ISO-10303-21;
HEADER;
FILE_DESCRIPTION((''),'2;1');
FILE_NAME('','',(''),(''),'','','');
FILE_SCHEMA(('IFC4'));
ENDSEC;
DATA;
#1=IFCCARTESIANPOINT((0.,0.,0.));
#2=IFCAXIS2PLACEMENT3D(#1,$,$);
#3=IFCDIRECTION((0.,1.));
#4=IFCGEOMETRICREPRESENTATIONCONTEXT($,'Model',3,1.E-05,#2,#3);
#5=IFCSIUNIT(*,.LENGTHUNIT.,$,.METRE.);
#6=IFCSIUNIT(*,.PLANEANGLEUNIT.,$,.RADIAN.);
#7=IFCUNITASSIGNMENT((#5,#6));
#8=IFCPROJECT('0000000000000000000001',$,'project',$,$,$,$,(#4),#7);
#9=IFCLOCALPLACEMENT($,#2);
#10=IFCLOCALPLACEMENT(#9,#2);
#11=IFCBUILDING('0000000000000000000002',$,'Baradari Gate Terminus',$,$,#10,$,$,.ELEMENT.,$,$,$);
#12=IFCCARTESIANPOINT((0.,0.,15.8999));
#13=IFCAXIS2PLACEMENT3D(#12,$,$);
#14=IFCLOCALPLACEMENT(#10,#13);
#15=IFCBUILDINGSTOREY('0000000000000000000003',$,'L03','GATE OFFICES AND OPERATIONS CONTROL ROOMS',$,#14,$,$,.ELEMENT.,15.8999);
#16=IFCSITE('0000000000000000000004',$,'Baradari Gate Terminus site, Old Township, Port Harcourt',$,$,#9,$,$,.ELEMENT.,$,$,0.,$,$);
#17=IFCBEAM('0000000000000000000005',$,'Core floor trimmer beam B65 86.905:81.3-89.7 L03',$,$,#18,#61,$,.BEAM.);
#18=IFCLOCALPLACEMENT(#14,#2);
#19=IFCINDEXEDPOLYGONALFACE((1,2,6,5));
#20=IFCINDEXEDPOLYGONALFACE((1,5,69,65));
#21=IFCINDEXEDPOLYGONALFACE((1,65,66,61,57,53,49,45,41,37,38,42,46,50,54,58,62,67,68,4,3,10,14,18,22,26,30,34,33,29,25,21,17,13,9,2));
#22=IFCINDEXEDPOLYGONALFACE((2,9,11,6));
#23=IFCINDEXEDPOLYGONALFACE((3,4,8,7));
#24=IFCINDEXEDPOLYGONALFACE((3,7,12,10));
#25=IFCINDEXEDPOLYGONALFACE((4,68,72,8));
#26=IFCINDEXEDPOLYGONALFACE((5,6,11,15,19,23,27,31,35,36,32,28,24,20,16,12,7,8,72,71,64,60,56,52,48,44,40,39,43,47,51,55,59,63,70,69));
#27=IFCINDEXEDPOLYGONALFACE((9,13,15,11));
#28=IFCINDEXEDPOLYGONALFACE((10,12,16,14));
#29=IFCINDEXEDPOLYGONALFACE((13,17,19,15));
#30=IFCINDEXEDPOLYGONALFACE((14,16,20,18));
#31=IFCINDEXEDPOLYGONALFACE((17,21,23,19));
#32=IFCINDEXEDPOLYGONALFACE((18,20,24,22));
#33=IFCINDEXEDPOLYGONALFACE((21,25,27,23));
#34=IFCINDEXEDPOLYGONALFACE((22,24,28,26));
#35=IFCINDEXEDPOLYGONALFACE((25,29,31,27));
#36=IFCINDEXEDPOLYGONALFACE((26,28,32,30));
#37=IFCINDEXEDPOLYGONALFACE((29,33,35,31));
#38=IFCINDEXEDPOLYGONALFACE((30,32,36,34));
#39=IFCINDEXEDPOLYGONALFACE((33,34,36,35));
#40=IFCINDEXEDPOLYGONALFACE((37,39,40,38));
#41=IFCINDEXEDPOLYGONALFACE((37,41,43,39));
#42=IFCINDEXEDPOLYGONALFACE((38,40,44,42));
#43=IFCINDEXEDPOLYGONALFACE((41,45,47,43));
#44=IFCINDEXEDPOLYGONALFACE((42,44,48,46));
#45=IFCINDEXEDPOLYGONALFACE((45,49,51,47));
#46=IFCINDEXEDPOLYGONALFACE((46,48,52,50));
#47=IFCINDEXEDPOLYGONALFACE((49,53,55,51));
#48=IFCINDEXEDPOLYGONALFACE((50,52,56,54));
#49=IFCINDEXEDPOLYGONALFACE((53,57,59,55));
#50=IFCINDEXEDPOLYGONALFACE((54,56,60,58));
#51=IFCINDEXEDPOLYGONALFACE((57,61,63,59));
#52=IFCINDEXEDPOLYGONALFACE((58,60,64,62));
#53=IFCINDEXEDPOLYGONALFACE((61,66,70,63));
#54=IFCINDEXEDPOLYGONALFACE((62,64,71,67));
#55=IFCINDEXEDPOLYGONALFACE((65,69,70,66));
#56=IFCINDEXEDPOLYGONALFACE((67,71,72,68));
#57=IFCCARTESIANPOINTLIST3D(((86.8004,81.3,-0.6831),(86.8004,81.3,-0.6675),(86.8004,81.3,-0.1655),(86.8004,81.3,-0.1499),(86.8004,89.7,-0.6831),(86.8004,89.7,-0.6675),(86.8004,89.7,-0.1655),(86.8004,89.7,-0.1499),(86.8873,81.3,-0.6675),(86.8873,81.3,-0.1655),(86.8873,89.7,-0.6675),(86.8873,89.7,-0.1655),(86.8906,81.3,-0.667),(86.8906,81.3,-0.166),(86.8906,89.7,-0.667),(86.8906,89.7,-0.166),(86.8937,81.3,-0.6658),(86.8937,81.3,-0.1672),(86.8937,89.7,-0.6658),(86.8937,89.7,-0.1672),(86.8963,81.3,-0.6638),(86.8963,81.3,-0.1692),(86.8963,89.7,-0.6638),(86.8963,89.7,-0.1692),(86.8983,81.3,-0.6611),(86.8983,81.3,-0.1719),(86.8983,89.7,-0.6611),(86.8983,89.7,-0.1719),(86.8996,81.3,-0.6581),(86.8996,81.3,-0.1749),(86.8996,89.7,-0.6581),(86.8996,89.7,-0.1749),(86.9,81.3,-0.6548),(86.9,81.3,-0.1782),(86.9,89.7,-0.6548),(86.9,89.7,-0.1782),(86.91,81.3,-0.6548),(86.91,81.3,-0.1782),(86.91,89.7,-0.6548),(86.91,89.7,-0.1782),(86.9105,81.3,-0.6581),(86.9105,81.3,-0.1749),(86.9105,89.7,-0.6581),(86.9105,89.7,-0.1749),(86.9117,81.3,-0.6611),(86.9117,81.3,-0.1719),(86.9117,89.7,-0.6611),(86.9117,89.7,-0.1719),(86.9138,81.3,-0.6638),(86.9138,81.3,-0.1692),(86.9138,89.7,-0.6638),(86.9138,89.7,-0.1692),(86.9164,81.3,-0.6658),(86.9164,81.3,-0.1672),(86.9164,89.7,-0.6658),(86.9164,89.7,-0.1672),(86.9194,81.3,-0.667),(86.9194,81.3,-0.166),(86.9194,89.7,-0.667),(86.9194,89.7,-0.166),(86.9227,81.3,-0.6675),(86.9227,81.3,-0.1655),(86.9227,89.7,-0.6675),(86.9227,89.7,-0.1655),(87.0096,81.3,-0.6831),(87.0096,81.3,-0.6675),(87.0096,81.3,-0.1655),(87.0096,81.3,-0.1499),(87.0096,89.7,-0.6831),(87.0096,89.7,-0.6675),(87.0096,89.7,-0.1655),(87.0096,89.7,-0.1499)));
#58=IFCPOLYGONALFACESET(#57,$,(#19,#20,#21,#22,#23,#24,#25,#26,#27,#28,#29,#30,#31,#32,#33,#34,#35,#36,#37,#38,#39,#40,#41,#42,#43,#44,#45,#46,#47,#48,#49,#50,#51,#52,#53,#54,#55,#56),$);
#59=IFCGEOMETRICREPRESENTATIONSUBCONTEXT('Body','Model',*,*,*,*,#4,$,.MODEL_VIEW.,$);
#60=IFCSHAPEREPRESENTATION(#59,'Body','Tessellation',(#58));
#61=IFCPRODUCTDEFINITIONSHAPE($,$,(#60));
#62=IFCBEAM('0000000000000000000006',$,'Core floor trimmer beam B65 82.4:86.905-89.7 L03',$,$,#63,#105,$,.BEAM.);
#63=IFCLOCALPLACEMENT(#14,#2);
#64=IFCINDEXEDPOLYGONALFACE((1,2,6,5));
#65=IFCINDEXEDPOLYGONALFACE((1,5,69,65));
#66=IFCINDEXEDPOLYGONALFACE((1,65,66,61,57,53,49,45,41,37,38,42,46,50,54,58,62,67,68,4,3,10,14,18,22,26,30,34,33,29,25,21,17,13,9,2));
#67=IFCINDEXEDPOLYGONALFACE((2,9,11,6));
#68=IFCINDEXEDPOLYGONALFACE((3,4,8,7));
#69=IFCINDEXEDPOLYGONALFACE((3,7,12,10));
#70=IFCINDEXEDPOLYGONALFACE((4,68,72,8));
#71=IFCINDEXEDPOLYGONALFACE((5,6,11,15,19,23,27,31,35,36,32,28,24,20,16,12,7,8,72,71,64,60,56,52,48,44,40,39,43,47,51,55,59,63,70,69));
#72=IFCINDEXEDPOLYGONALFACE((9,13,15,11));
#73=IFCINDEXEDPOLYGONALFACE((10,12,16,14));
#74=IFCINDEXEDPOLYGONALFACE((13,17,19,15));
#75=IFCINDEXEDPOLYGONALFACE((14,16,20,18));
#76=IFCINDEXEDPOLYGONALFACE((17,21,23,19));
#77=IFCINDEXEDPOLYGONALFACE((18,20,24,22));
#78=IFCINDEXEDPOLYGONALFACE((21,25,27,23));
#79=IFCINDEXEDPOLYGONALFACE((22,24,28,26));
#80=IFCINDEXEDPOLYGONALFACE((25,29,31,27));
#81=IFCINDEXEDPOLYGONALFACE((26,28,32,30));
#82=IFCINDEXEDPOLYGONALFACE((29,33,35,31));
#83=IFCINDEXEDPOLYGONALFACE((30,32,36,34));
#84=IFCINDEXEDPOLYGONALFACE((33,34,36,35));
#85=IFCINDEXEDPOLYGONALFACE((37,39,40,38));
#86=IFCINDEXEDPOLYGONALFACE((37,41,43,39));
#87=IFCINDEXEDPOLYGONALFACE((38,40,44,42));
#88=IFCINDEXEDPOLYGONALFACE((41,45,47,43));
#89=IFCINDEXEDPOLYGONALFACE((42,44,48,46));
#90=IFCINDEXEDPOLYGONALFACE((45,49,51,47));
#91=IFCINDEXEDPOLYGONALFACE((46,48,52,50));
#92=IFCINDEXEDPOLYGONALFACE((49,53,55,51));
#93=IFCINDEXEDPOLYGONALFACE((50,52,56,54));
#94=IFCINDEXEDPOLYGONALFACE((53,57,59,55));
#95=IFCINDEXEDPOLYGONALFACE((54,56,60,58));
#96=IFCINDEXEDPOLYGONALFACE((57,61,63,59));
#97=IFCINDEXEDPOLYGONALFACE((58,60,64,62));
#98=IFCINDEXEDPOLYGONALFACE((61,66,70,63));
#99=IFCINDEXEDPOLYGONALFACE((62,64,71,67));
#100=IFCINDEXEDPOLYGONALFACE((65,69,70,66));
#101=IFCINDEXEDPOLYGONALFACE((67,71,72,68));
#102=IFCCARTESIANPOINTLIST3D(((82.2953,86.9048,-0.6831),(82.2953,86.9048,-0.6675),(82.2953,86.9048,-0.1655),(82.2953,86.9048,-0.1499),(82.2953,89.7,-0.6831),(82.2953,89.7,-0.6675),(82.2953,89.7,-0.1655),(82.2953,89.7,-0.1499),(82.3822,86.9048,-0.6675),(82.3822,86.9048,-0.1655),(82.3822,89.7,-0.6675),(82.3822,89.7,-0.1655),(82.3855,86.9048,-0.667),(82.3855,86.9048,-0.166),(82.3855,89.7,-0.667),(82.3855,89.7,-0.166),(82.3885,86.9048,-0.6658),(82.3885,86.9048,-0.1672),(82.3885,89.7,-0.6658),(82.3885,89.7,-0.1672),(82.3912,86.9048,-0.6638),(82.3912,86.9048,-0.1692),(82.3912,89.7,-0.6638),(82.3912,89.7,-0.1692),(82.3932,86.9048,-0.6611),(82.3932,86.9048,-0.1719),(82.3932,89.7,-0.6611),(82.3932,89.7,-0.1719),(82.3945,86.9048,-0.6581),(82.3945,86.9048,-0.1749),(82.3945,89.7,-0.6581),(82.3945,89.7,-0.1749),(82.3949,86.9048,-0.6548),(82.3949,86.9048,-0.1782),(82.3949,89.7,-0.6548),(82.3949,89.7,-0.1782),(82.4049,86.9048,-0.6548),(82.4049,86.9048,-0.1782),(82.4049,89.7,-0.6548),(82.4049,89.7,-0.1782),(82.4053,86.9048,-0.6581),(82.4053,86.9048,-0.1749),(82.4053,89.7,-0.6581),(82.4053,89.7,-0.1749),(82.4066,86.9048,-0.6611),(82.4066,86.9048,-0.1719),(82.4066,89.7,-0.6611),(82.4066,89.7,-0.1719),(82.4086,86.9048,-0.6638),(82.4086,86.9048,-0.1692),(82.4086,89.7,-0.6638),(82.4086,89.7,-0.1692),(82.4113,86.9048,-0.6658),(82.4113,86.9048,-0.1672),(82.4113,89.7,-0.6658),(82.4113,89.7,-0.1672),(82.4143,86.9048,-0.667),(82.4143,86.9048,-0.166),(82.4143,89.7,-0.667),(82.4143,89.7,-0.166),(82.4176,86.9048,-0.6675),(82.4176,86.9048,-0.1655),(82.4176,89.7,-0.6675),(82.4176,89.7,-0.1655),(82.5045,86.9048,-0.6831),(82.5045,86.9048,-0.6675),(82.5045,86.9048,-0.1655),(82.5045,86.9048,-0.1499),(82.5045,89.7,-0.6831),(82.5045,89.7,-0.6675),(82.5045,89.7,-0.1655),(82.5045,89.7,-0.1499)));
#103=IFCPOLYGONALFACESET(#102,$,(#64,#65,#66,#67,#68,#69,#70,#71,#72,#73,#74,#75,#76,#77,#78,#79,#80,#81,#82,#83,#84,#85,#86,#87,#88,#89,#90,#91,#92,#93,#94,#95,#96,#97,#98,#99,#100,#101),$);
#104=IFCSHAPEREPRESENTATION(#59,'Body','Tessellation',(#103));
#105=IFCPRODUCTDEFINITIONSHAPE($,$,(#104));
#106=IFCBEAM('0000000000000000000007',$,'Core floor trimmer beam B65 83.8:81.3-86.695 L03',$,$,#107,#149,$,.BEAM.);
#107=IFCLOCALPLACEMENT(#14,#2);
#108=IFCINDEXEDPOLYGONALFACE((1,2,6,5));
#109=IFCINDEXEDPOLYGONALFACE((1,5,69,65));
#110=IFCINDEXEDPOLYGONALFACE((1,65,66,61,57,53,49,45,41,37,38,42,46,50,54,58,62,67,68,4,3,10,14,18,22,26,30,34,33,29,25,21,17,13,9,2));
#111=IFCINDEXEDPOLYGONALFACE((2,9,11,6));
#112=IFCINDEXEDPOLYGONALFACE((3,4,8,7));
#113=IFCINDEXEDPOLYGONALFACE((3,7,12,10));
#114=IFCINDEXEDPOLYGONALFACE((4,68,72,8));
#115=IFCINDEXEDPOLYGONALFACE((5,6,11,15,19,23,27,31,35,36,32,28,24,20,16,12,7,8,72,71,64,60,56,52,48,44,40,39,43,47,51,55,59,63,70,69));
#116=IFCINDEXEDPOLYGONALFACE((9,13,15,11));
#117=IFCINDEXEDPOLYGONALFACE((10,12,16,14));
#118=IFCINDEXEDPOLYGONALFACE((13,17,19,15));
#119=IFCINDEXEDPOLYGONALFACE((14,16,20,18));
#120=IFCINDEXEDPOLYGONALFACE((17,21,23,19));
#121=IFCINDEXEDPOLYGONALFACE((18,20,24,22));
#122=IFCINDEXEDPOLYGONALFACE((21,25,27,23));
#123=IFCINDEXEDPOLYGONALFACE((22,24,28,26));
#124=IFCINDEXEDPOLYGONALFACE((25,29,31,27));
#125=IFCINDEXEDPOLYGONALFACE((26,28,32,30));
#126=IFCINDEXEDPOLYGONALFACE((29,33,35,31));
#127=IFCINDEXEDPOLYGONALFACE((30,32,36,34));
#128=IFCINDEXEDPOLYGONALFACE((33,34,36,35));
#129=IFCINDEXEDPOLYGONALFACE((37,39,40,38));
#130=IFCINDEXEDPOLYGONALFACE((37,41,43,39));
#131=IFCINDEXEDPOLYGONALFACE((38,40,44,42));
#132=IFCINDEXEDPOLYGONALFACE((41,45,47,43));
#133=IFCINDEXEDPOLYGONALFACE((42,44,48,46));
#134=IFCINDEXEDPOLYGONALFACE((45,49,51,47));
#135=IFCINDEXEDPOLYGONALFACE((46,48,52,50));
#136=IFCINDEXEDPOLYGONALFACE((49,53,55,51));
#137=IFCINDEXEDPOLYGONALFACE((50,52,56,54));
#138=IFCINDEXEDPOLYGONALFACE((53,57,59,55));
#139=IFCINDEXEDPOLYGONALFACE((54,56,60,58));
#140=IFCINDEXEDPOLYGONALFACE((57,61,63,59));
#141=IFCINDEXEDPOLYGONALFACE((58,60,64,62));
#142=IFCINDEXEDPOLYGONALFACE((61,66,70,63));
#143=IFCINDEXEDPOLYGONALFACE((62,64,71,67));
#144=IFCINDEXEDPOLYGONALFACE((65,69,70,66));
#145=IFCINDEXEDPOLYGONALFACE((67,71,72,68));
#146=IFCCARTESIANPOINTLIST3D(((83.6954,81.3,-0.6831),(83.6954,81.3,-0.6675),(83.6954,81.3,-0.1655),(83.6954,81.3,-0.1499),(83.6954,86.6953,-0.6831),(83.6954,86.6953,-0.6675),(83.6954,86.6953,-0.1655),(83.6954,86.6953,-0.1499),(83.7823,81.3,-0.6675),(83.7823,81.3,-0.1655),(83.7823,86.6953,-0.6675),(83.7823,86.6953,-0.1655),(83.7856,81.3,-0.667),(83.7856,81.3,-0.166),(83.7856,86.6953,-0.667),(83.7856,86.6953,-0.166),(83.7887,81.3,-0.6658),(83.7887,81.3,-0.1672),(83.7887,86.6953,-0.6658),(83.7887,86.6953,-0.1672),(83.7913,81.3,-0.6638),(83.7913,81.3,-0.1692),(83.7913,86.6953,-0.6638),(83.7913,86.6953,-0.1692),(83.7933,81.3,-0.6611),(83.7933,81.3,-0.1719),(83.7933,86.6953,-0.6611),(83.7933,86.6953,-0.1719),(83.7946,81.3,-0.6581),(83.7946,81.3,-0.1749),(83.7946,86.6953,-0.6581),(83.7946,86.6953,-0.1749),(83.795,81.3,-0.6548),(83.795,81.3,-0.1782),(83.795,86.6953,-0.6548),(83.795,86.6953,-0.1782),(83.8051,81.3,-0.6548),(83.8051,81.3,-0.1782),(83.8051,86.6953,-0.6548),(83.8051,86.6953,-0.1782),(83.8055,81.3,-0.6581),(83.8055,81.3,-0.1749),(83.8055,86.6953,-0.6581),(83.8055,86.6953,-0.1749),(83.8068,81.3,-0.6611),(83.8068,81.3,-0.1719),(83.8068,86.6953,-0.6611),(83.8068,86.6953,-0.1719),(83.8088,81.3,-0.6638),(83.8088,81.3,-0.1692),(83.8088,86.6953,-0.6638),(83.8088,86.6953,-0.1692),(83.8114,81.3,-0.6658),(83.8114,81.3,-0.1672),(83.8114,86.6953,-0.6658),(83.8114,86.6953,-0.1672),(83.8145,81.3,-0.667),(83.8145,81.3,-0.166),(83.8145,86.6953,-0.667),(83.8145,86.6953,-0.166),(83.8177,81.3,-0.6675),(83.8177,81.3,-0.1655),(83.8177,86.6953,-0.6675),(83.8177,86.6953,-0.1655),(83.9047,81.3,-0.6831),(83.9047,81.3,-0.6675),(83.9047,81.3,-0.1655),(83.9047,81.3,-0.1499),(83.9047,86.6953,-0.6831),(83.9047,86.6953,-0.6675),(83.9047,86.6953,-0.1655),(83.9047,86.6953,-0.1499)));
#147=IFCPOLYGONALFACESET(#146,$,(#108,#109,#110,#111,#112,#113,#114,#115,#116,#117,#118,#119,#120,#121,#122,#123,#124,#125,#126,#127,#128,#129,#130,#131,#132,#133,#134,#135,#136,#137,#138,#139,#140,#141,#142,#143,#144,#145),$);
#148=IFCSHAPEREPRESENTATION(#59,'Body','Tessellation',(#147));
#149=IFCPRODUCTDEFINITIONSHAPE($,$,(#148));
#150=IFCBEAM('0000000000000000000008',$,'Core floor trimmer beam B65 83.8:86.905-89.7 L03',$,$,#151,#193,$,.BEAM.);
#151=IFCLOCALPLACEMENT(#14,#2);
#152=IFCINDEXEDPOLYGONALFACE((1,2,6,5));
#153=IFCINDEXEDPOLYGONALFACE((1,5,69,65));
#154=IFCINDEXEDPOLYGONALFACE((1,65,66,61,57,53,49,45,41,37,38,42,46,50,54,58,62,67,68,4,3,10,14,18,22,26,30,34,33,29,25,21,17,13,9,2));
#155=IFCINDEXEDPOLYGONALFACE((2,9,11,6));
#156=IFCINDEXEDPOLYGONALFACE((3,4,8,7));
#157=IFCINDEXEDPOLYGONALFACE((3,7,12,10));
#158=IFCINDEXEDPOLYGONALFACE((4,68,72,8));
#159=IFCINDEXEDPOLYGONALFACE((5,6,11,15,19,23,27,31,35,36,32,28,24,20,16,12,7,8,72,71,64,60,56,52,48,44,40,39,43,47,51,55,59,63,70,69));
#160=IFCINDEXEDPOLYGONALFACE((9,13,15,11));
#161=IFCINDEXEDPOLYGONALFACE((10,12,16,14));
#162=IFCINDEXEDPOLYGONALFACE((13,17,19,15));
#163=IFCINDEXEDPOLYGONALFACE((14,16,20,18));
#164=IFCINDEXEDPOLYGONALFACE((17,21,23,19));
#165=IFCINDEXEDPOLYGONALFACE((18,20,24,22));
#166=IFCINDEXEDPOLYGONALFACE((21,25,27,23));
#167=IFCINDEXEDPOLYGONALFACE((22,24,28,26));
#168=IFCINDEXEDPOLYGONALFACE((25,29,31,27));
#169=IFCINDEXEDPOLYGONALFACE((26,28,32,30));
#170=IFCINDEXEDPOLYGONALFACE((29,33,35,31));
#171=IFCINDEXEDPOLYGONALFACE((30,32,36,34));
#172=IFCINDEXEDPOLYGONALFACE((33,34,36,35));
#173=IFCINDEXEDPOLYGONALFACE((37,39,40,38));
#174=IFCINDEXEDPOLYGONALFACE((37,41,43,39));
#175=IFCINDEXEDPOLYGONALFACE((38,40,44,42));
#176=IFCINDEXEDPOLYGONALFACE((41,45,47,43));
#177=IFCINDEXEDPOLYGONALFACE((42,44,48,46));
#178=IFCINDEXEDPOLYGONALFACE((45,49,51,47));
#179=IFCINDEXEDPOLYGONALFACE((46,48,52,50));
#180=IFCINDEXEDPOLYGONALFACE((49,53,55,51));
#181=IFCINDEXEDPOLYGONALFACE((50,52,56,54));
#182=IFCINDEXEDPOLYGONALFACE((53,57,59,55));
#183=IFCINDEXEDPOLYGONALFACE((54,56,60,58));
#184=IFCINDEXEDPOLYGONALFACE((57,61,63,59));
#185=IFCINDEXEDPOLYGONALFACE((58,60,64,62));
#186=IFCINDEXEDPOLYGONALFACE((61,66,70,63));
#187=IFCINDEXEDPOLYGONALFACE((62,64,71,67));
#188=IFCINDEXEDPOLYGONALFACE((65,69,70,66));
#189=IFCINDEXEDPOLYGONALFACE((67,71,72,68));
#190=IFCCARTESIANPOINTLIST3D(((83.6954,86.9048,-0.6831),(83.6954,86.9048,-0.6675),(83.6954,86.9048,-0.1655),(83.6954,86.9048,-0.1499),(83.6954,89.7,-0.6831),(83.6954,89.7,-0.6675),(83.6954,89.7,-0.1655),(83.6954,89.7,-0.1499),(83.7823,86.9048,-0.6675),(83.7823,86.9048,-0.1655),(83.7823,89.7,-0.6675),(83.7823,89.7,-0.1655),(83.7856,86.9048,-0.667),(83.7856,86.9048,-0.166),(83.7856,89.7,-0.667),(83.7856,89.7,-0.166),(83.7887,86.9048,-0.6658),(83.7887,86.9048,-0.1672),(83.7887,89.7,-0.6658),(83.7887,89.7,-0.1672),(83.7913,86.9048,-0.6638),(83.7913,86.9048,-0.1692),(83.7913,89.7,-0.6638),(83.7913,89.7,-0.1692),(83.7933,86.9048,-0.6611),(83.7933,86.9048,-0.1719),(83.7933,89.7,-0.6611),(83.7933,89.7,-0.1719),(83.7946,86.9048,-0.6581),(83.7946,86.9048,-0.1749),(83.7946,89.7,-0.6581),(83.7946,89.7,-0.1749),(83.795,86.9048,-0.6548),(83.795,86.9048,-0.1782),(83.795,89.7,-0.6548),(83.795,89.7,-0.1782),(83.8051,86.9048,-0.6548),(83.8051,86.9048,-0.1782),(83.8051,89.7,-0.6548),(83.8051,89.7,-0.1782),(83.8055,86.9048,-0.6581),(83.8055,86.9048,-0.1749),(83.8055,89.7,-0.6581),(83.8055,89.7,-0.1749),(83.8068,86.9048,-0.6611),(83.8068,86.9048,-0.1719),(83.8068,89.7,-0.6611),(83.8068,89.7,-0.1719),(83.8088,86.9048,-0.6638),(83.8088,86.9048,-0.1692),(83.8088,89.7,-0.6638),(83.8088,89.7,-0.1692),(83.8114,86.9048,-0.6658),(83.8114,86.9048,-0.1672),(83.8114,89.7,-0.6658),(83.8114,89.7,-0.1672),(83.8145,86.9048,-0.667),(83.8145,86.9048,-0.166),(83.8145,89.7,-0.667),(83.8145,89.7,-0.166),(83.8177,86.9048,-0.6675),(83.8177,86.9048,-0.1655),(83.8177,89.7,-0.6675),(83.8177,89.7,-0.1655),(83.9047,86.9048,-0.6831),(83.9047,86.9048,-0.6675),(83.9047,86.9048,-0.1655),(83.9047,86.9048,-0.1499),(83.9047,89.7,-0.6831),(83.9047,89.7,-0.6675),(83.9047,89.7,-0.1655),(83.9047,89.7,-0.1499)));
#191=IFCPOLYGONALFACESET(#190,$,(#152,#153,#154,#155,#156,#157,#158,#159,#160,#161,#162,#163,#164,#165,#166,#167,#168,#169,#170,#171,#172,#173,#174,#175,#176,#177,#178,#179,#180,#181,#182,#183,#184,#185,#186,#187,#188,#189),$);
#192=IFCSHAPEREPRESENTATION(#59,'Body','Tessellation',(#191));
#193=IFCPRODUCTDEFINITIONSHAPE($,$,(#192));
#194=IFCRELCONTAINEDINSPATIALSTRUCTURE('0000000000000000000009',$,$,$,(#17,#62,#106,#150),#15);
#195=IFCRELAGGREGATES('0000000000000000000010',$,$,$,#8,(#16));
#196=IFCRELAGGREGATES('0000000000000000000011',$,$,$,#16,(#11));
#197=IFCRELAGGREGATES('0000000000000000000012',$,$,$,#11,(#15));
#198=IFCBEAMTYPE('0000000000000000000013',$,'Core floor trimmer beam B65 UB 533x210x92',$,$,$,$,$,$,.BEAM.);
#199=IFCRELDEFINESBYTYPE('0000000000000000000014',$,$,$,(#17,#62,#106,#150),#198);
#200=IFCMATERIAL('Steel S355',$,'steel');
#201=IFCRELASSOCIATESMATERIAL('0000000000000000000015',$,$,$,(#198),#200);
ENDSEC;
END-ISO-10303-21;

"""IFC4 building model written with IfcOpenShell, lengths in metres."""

from ifc_helpers import new_model, si_unit, direction, frame, origin, origin_2d, place, context, subcontext, project, spatial, i_section, extrude, material, material_profile, profile_set, type_object, element, save


model = new_model("IFC4")

# Units and contexts
model_context = context("Model", 3, precision=1e-05, world=origin(), true_north=direction((0.0, 1.0)))
body_context = subcontext(model_context, "Body", "Model", "MODEL_VIEW")
ifc_project = project(units=[si_unit("LENGTHUNIT", "METRE"), si_unit("PLANEANGLEUNIT", "RADIAN")], contexts=[model_context])

# Site, building, storey
site_placement = place(None, origin())
site = spatial("IfcSite", under=ifc_project, at=site_placement, Name="Baradari Gate Terminus site, Old Township, Port Harcourt", CompositionType="ELEMENT", RefElevation=0.0)
building_placement = place(site_placement, origin())
building = spatial("IfcBuilding", under=site, at=building_placement, Name="Baradari Gate Terminus", CompositionType="ELEMENT")
storey_placement = place(building_placement, frame((0.0, 0.0, 15.8999)))
storey = spatial("IfcBuildingStorey", under=building, at=storey_placement, Name="L03", Description="GATE OFFICES AND OPERATIONS CONTROL ROOMS", CompositionType="ELEMENT", Elevation=15.8999)

# Beams
ifc_material_1 = material(Name="Steel S355", Category="steel")
ifc_material_profile_1 = material_profile(ifc_material_1, i_section(OverallWidth=0.2092, OverallDepth=0.5332, WebThickness=0.01, FlangeThickness=0.0156, FilletRadius=0.0127, at=origin_2d()), Name="UB 533x210x92")
ifc_profile_set_1 = profile_set([ifc_material_profile_1], Name="Steel S355")
beam_type = type_object("IfcBeamType", Name="Core floor trimmer beam B65 UB 533x210x92", PredefinedType="BEAM", material=ifc_profile_set_1)
beam_1_placement = place(storey_placement, frame((86.905, 81.3, -0.4165), z_axis=(0.0, 1.0, 0.0), x_axis=(-1.0, 0.0, 0.0)))
element("IfcBeam", 1, at=beam_1_placement, inside=storey, type_object=beam_type, Name="Core floor trimmer beam B65 86.905:81.3-89.7 L03", PredefinedType="BEAM", context=body_context, shape_type="SweptSolid", body=[
    extrude(i_section(OverallWidth=0.2092, OverallDepth=0.5332, WebThickness=0.01, FlangeThickness=0.0156, FilletRadius=0.0127, at=origin_2d()), origin(), (0.0, 0.0, 1.0), 8.3999),
])
beam_2_placement = place(storey_placement, frame((82.3999, 86.9048, -0.4165), z_axis=(0.0, 1.0, 0.0), x_axis=(-1.0, 0.0, 0.0)))
element("IfcBeam", 2, at=beam_2_placement, inside=storey, type_object=beam_type, Name="Core floor trimmer beam B65 82.4:86.905-89.7 L03", PredefinedType="BEAM", context=body_context, shape_type="SweptSolid", body=[
    extrude(i_section(OverallWidth=0.2092, OverallDepth=0.5332, WebThickness=0.01, FlangeThickness=0.0156, FilletRadius=0.0127, at=origin_2d()), origin(), (0.0, 0.0, 1.0), 2.7952),
])
beam_3_placement = place(storey_placement, frame((83.8, 81.3, -0.4165), z_axis=(0.0, 1.0, 0.0), x_axis=(-1.0, 0.0, 0.0)))
element("IfcBeam", 3, at=beam_3_placement, inside=storey, type_object=beam_type, Name="Core floor trimmer beam B65 83.8:81.3-86.695 L03", PredefinedType="BEAM", context=body_context, shape_type="SweptSolid", body=[
    extrude(i_section(OverallWidth=0.2092, OverallDepth=0.5332, WebThickness=0.01, FlangeThickness=0.0156, FilletRadius=0.0127, at=origin_2d()), origin(), (0.0, 0.0, 1.0), 5.3953),
])
beam_4_placement = place(storey_placement, frame((83.8, 86.9048, -0.4165), z_axis=(0.0, 1.0, 0.0), x_axis=(-1.0, 0.0, 0.0)))
element("IfcBeam", 4, at=beam_4_placement, inside=storey, type_object=beam_type, Name="Core floor trimmer beam B65 83.8:86.905-89.7 L03", PredefinedType="BEAM", context=body_context, shape_type="SweptSolid", body=[
    extrude(i_section(OverallWidth=0.2092, OverallDepth=0.5332, WebThickness=0.01, FlangeThickness=0.0156, FilletRadius=0.0127, at=origin_2d()), origin(), (0.0, 0.0, 1.0), 2.7952),
])

save(model, "model.ifc")
